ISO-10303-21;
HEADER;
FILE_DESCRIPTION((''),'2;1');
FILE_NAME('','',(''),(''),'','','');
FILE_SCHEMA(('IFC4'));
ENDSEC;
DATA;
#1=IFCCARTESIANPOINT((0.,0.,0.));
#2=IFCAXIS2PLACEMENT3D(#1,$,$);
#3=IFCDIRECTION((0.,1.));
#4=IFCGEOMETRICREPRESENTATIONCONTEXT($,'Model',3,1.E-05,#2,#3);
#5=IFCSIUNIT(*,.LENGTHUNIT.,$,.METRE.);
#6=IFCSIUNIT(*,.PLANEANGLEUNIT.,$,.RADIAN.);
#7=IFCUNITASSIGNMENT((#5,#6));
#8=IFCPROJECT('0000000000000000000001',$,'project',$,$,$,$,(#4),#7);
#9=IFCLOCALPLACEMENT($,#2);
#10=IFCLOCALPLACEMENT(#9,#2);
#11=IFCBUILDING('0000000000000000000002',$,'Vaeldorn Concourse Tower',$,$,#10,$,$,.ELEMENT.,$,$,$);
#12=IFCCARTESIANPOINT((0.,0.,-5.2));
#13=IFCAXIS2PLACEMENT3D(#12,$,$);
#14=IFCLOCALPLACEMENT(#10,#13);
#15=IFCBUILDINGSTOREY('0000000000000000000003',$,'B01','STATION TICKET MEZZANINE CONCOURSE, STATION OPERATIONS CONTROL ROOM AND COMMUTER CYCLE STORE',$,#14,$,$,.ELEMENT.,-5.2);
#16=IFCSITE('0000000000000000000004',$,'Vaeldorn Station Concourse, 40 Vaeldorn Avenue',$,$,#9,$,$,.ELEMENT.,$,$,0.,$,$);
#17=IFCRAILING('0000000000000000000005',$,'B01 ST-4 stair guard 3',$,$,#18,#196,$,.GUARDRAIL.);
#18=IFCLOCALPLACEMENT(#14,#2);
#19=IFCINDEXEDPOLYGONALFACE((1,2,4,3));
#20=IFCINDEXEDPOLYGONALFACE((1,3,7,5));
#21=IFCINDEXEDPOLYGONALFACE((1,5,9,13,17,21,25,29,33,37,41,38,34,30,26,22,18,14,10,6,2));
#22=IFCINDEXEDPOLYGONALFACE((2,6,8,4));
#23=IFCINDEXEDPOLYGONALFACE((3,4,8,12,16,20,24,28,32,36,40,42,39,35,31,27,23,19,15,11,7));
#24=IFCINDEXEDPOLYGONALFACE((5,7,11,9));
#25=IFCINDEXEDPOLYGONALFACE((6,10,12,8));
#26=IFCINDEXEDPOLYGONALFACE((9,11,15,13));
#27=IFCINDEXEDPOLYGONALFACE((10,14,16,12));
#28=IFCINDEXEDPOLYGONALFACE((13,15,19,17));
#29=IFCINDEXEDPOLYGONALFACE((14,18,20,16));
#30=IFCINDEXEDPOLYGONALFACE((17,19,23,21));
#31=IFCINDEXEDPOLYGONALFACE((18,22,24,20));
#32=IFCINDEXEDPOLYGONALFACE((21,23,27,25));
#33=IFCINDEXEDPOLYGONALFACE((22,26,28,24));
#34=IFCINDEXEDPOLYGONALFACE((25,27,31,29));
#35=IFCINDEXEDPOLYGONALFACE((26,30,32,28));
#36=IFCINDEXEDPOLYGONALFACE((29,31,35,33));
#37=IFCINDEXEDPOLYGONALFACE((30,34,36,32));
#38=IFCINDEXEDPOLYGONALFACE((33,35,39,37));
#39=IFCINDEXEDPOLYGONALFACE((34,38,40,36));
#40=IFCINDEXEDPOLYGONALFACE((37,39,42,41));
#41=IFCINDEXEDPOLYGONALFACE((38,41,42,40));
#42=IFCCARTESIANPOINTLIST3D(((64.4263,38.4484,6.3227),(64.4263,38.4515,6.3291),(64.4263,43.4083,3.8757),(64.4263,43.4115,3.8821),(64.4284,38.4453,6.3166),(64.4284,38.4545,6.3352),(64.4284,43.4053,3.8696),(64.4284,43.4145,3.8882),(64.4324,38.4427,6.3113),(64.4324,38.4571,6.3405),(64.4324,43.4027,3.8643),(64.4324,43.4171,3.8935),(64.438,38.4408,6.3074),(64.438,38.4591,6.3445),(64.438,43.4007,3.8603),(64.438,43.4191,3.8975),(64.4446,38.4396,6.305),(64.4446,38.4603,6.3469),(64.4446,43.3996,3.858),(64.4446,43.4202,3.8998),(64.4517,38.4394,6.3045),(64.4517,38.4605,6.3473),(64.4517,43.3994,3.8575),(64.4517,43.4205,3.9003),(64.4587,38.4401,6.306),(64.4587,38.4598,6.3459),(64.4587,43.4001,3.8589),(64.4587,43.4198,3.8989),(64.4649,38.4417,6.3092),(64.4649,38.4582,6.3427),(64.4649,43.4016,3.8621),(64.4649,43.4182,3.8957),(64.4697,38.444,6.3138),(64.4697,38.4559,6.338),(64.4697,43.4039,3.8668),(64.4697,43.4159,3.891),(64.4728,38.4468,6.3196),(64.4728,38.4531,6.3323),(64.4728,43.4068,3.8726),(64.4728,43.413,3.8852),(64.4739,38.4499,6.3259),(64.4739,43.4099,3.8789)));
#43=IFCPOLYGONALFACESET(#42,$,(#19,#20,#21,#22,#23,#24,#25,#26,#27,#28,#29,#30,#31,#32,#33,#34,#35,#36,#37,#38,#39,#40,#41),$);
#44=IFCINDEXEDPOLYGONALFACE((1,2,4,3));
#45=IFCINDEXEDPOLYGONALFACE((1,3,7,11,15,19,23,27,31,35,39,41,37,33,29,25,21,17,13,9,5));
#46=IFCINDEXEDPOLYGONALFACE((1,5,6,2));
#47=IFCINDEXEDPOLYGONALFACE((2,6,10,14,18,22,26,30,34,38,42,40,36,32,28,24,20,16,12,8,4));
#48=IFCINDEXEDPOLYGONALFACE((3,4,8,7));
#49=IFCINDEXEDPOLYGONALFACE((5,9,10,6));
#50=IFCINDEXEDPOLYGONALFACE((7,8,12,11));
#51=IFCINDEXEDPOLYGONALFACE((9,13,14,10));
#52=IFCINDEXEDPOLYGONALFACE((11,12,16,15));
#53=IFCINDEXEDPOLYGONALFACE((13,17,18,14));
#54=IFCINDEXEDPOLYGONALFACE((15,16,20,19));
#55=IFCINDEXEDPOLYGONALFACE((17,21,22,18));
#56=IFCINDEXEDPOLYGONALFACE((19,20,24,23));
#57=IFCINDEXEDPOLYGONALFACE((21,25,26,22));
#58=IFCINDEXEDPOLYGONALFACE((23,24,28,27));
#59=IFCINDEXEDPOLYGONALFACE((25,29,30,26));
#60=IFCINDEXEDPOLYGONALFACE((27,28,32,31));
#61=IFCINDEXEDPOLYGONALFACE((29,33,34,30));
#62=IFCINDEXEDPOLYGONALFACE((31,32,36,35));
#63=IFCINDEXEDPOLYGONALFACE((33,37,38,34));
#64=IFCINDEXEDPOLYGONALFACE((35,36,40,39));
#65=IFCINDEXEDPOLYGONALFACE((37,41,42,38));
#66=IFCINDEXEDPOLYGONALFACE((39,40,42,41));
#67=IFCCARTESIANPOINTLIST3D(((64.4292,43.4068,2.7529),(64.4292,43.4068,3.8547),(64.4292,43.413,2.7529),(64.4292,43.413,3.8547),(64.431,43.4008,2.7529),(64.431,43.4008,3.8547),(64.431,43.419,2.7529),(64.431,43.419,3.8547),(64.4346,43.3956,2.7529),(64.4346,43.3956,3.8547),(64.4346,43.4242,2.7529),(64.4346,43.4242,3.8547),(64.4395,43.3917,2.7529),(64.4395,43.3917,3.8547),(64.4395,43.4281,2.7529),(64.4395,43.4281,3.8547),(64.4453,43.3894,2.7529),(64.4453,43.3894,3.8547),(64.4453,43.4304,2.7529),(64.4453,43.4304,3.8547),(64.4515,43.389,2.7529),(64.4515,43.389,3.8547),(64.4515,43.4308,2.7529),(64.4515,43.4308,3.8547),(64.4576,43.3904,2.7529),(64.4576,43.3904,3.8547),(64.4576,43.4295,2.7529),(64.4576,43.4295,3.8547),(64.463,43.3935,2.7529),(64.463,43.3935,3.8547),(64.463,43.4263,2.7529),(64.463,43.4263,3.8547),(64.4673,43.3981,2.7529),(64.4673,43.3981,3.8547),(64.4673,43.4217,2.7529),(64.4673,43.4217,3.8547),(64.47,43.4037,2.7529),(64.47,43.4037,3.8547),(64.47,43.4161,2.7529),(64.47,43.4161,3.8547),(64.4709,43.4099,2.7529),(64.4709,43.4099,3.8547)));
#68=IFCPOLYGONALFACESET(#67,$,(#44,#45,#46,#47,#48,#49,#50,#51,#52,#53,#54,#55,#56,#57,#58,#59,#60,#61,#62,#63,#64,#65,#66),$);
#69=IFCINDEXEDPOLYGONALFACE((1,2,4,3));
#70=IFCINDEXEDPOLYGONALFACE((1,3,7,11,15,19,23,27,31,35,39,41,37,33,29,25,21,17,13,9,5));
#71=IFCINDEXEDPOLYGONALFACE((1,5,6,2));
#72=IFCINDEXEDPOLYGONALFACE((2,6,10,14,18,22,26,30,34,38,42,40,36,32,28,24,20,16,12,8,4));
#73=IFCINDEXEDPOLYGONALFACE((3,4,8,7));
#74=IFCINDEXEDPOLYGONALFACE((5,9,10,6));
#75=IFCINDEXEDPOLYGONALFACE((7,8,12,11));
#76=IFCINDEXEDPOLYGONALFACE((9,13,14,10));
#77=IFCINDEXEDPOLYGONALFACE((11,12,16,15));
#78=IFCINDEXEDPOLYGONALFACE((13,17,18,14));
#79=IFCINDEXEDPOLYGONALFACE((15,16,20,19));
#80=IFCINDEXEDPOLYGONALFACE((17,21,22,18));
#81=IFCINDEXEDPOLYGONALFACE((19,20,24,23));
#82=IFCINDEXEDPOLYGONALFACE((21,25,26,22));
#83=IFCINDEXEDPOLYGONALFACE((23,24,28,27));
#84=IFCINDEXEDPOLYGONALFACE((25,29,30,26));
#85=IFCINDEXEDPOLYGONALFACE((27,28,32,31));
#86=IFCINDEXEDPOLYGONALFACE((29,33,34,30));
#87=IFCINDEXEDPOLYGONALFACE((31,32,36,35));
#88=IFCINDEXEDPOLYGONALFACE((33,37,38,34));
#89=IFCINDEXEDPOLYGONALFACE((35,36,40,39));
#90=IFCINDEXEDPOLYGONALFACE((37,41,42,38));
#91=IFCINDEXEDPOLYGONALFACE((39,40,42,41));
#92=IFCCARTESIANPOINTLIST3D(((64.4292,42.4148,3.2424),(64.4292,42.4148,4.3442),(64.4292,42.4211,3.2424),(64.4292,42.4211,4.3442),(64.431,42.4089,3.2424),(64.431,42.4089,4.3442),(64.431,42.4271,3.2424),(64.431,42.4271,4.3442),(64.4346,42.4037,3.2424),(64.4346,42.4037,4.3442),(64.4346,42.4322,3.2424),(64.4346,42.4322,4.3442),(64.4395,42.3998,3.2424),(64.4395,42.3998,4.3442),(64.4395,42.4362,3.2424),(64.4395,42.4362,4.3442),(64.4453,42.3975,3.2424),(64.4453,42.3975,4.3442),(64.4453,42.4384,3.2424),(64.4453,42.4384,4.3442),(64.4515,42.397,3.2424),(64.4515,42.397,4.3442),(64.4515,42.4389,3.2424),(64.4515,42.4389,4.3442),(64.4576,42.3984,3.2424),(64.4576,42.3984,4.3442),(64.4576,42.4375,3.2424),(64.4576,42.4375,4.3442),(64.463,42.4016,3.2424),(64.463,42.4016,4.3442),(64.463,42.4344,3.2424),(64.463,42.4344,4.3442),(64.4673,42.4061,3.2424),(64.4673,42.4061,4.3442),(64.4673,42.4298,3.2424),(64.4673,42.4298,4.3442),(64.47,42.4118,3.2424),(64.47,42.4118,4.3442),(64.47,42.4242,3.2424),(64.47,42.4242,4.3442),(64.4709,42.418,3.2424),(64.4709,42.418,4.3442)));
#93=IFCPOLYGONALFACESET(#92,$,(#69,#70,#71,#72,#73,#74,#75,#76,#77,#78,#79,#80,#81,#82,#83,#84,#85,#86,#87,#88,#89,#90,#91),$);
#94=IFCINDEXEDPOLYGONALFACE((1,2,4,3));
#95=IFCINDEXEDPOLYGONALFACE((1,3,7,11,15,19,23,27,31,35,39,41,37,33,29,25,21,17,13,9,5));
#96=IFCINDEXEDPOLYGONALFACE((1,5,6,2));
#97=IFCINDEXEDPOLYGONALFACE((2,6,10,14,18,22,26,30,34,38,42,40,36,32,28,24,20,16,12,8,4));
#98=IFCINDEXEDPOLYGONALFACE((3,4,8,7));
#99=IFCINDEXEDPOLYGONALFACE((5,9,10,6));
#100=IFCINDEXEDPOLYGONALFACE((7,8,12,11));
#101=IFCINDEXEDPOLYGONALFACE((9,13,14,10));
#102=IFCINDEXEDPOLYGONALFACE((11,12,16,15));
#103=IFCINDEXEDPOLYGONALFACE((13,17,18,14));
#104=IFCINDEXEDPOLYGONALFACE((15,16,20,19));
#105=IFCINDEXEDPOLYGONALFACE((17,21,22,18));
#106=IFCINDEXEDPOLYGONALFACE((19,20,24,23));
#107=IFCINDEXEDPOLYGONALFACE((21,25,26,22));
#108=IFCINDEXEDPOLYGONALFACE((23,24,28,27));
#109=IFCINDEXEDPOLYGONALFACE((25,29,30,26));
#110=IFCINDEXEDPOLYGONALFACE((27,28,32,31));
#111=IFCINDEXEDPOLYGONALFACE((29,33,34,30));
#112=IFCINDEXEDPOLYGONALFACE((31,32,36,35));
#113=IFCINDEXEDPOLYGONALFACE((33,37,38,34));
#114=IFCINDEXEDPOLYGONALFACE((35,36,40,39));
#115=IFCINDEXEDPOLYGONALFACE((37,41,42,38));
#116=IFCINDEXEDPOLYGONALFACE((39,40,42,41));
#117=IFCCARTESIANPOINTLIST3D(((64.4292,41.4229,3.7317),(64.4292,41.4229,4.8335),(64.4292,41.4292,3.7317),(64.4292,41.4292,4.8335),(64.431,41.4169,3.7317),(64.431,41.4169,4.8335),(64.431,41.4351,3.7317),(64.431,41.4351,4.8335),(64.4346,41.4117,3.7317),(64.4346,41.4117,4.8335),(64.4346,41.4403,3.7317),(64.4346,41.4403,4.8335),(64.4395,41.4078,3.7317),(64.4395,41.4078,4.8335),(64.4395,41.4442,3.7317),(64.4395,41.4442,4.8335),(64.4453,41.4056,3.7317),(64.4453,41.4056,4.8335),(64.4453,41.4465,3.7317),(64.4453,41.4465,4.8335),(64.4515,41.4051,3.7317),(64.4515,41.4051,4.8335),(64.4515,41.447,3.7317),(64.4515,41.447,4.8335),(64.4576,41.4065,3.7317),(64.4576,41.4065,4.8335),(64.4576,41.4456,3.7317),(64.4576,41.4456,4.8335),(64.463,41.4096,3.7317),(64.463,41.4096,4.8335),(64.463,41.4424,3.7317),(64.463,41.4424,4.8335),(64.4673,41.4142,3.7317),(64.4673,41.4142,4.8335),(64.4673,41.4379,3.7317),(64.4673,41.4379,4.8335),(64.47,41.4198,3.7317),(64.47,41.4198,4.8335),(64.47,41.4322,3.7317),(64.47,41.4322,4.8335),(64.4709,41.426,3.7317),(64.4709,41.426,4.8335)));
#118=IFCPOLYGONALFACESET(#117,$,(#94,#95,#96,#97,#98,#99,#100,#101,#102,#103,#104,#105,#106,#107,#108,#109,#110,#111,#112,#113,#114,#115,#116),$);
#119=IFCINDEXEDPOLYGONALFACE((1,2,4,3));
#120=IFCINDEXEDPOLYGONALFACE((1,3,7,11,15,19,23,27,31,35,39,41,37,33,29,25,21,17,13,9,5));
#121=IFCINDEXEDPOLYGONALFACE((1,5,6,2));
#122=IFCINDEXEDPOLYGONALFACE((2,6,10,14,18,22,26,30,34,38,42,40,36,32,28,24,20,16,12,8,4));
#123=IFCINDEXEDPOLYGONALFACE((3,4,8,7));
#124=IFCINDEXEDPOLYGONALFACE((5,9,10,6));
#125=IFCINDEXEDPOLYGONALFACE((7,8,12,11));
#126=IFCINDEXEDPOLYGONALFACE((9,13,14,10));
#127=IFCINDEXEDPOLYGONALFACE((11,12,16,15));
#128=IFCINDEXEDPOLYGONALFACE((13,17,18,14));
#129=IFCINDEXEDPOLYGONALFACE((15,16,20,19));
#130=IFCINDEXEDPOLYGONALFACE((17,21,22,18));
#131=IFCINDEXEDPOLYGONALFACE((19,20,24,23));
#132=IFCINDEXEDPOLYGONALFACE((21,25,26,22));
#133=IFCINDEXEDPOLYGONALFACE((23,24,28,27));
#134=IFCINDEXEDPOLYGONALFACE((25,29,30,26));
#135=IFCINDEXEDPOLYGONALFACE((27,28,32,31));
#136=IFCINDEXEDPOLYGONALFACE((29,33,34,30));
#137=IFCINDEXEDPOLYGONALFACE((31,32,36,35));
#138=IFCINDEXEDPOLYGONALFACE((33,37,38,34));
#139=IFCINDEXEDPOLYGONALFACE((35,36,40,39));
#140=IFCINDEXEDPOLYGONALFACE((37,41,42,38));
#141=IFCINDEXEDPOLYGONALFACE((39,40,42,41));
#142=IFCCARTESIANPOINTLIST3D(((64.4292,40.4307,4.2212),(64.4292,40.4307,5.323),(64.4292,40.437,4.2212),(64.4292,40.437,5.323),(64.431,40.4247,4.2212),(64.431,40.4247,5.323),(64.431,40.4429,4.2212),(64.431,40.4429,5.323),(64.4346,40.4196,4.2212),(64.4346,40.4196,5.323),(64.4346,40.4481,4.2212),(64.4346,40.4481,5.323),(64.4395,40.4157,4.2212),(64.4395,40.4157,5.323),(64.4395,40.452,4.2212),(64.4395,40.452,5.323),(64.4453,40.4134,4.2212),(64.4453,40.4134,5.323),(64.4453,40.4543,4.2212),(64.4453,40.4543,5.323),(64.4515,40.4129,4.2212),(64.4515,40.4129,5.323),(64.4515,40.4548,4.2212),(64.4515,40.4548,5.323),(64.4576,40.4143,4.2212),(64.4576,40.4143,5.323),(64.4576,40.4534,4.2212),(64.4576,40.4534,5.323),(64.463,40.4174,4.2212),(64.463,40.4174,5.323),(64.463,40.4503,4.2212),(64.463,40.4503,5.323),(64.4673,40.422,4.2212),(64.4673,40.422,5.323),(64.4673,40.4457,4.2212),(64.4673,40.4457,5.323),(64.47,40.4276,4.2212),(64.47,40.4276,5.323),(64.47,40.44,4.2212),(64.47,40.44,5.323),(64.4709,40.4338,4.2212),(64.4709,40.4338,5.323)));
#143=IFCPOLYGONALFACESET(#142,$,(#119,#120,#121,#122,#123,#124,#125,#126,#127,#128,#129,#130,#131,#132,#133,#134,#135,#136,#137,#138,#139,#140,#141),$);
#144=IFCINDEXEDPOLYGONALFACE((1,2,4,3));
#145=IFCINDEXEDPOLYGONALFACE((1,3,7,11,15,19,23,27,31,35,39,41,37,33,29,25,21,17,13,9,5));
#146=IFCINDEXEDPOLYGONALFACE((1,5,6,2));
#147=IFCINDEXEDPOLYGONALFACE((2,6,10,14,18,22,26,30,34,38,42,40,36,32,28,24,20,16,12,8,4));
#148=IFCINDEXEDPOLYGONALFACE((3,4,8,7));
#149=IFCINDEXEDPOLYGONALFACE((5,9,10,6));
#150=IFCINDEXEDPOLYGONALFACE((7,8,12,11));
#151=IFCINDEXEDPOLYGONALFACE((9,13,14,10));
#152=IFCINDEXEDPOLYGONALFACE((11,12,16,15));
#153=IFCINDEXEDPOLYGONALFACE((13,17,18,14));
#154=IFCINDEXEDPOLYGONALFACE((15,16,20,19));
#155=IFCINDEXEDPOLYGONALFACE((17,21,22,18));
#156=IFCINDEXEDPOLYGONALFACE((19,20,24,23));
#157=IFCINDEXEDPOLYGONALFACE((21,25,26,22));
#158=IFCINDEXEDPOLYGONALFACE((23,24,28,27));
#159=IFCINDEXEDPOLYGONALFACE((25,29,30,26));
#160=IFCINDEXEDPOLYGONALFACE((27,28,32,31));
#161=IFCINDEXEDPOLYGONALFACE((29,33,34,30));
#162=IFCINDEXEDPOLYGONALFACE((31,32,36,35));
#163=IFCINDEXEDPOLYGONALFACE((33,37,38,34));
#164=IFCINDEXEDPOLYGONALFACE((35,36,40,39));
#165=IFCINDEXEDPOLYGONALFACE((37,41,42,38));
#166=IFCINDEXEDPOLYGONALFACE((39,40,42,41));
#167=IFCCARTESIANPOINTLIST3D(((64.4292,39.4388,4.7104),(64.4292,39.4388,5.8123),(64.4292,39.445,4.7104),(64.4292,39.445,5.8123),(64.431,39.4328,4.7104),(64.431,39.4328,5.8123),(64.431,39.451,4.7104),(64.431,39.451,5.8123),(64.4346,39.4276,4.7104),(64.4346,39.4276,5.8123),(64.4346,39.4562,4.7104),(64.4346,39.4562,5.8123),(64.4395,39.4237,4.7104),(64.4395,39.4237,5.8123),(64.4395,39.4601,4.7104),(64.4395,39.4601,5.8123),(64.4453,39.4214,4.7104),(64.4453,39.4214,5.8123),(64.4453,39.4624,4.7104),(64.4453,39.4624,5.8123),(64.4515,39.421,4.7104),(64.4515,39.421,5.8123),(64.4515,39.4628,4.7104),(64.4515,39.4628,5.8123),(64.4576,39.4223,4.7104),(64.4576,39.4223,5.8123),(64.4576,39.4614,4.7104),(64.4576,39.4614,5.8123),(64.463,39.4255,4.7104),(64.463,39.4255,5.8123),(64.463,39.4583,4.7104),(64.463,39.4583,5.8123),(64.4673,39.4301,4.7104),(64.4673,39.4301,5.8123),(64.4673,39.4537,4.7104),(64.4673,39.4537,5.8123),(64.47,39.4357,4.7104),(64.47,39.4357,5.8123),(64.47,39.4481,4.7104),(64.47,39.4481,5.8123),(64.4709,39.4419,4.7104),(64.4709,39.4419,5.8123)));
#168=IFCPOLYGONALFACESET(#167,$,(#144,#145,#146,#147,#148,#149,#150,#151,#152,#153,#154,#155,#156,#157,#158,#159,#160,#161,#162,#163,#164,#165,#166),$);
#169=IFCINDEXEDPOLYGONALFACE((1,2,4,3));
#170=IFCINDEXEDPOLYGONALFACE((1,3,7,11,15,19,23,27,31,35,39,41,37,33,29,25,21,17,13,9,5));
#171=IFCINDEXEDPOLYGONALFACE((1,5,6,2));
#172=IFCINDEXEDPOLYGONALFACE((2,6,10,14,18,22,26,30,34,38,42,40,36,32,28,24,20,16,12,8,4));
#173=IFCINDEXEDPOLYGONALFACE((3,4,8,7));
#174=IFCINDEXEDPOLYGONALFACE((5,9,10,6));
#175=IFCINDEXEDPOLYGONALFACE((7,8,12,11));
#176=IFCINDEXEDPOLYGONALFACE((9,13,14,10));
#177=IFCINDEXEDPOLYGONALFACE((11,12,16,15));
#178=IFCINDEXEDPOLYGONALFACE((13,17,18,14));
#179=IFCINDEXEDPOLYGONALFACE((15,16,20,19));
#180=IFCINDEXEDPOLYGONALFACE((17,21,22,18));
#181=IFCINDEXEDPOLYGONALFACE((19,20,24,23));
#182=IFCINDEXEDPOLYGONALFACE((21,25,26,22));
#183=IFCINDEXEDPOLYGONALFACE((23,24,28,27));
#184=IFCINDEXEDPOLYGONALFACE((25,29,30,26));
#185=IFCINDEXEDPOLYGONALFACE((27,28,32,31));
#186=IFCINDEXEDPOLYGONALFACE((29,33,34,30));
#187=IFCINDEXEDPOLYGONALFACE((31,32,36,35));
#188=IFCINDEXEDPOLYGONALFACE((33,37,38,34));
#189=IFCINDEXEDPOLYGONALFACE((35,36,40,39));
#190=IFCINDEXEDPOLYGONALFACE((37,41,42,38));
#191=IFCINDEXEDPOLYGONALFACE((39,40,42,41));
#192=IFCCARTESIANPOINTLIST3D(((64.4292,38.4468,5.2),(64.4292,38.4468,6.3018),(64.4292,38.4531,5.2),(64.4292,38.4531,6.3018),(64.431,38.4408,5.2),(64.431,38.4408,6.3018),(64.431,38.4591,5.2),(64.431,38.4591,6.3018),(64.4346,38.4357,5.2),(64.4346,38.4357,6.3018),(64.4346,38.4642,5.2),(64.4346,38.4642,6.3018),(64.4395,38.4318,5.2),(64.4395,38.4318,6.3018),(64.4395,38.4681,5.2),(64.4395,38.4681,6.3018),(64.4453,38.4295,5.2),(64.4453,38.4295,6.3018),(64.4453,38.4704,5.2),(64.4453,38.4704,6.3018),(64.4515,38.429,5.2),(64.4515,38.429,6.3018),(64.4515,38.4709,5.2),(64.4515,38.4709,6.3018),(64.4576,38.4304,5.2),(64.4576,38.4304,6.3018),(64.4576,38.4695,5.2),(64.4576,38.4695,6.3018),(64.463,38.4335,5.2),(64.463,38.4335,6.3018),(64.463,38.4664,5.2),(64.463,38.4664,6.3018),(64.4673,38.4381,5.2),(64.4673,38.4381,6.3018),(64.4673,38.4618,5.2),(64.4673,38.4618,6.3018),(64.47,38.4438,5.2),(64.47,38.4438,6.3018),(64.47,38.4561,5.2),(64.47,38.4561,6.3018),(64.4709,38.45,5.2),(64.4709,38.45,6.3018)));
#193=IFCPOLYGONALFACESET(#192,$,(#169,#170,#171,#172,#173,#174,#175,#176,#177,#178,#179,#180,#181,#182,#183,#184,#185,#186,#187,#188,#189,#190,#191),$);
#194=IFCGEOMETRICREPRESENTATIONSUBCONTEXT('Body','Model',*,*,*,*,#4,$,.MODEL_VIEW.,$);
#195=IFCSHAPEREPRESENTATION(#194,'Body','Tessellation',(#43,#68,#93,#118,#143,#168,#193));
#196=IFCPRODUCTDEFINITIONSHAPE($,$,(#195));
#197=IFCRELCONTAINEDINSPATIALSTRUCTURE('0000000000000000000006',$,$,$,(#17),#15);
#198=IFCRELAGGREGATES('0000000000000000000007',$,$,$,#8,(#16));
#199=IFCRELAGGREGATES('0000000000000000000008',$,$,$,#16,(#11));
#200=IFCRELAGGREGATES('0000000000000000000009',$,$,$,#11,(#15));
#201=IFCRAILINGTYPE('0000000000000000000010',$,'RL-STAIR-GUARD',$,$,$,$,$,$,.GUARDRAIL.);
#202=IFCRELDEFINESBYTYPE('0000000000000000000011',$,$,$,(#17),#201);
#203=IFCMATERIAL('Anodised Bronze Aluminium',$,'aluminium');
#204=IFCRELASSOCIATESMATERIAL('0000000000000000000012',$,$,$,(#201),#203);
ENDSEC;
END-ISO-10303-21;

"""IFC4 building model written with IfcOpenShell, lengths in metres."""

from ifc_helpers import new_model, si_unit, direction, frame, origin, origin_2d, place, context, subcontext, project, spatial, circle, extrude, material, type_object, element, save


model = new_model("IFC4")

# Units and contexts
model_context = context("Model", 3, precision=1e-05, world=origin(), true_north=direction((0.0, 1.0)))
body_context = subcontext(model_context, "Body", "Model", "MODEL_VIEW")
ifc_project = project(units=[si_unit("LENGTHUNIT", "METRE"), si_unit("PLANEANGLEUNIT", "RADIAN")], contexts=[model_context])

# Site, building, storey
site_placement = place(None, origin())
site = spatial("IfcSite", under=ifc_project, at=site_placement, Name="Vaeldorn Station Concourse, 40 Vaeldorn Avenue", CompositionType="ELEMENT", RefElevation=0.0)
building_placement = place(site_placement, origin())
building = spatial("IfcBuilding", under=site, at=building_placement, Name="Vaeldorn Concourse Tower", CompositionType="ELEMENT")
storey_placement = place(building_placement, frame((0.0, 0.0, -5.2)))
storey = spatial("IfcBuildingStorey", under=building, at=storey_placement, Name="B01", Description="STATION TICKET MEZZANINE CONCOURSE, STATION OPERATIONS CONTROL ROOM AND COMMUTER CYCLE STORE", CompositionType="ELEMENT", Elevation=-5.2)

# Railing
ifc_material_1 = material(Name="Anodised Bronze Aluminium", Category="aluminium")
railing_type_1 = type_object("IfcRailingType", Name="RL-STAIR-GUARD", PredefinedType="GUARDRAIL", material=ifc_material_1)
railing_1_placement = place(storey_placement, frame((64.45, 43.4099, 2.7529)))
element("IfcRailing", 1, at=railing_1_placement, inside=storey, type_object=railing_type_1, Name="B01 ST-4 stair guard 3", PredefinedType="GUARDRAIL", context=body_context, shape_type="SweptSolid", body=[
    extrude(circle(Radius=0.0239, at=origin_2d()), frame((0.0, 0.0, 1.126), z_axis=(0.0, -0.896798, 0.44244), x_axis=(1.0, 0.0, 0.0)), (0.0, 0.0, 1.0), 5.5308),
    extrude(circle(Radius=0.021, at=origin_2d()), origin(), (0.0, 0.0, 1.0), 1.1018),
    extrude(circle(Radius=0.021, at=origin_2d()), frame((0.0, -0.9919, 0.4895)), (0.0, 0.0, 1.0), 1.1018),
    extrude(circle(Radius=0.021, at=origin_2d()), frame((0.0, -1.9839, 0.9788)), (0.0, 0.0, 1.0), 1.1018),
    extrude(circle(Radius=0.021, at=origin_2d()), frame((0.0, -2.9761, 1.4683)), (0.0, 0.0, 1.0), 1.1018),
    extrude(circle(Radius=0.021, at=origin_2d()), frame((0.0, -3.968, 1.9575)), (0.0, 0.0, 1.0), 1.1018),
    extrude(circle(Radius=0.021, at=origin_2d()), frame((0.0, -4.96, 2.447)), (0.0, 0.0, 1.0), 1.1018),
])

save(model, "model.ifc")
